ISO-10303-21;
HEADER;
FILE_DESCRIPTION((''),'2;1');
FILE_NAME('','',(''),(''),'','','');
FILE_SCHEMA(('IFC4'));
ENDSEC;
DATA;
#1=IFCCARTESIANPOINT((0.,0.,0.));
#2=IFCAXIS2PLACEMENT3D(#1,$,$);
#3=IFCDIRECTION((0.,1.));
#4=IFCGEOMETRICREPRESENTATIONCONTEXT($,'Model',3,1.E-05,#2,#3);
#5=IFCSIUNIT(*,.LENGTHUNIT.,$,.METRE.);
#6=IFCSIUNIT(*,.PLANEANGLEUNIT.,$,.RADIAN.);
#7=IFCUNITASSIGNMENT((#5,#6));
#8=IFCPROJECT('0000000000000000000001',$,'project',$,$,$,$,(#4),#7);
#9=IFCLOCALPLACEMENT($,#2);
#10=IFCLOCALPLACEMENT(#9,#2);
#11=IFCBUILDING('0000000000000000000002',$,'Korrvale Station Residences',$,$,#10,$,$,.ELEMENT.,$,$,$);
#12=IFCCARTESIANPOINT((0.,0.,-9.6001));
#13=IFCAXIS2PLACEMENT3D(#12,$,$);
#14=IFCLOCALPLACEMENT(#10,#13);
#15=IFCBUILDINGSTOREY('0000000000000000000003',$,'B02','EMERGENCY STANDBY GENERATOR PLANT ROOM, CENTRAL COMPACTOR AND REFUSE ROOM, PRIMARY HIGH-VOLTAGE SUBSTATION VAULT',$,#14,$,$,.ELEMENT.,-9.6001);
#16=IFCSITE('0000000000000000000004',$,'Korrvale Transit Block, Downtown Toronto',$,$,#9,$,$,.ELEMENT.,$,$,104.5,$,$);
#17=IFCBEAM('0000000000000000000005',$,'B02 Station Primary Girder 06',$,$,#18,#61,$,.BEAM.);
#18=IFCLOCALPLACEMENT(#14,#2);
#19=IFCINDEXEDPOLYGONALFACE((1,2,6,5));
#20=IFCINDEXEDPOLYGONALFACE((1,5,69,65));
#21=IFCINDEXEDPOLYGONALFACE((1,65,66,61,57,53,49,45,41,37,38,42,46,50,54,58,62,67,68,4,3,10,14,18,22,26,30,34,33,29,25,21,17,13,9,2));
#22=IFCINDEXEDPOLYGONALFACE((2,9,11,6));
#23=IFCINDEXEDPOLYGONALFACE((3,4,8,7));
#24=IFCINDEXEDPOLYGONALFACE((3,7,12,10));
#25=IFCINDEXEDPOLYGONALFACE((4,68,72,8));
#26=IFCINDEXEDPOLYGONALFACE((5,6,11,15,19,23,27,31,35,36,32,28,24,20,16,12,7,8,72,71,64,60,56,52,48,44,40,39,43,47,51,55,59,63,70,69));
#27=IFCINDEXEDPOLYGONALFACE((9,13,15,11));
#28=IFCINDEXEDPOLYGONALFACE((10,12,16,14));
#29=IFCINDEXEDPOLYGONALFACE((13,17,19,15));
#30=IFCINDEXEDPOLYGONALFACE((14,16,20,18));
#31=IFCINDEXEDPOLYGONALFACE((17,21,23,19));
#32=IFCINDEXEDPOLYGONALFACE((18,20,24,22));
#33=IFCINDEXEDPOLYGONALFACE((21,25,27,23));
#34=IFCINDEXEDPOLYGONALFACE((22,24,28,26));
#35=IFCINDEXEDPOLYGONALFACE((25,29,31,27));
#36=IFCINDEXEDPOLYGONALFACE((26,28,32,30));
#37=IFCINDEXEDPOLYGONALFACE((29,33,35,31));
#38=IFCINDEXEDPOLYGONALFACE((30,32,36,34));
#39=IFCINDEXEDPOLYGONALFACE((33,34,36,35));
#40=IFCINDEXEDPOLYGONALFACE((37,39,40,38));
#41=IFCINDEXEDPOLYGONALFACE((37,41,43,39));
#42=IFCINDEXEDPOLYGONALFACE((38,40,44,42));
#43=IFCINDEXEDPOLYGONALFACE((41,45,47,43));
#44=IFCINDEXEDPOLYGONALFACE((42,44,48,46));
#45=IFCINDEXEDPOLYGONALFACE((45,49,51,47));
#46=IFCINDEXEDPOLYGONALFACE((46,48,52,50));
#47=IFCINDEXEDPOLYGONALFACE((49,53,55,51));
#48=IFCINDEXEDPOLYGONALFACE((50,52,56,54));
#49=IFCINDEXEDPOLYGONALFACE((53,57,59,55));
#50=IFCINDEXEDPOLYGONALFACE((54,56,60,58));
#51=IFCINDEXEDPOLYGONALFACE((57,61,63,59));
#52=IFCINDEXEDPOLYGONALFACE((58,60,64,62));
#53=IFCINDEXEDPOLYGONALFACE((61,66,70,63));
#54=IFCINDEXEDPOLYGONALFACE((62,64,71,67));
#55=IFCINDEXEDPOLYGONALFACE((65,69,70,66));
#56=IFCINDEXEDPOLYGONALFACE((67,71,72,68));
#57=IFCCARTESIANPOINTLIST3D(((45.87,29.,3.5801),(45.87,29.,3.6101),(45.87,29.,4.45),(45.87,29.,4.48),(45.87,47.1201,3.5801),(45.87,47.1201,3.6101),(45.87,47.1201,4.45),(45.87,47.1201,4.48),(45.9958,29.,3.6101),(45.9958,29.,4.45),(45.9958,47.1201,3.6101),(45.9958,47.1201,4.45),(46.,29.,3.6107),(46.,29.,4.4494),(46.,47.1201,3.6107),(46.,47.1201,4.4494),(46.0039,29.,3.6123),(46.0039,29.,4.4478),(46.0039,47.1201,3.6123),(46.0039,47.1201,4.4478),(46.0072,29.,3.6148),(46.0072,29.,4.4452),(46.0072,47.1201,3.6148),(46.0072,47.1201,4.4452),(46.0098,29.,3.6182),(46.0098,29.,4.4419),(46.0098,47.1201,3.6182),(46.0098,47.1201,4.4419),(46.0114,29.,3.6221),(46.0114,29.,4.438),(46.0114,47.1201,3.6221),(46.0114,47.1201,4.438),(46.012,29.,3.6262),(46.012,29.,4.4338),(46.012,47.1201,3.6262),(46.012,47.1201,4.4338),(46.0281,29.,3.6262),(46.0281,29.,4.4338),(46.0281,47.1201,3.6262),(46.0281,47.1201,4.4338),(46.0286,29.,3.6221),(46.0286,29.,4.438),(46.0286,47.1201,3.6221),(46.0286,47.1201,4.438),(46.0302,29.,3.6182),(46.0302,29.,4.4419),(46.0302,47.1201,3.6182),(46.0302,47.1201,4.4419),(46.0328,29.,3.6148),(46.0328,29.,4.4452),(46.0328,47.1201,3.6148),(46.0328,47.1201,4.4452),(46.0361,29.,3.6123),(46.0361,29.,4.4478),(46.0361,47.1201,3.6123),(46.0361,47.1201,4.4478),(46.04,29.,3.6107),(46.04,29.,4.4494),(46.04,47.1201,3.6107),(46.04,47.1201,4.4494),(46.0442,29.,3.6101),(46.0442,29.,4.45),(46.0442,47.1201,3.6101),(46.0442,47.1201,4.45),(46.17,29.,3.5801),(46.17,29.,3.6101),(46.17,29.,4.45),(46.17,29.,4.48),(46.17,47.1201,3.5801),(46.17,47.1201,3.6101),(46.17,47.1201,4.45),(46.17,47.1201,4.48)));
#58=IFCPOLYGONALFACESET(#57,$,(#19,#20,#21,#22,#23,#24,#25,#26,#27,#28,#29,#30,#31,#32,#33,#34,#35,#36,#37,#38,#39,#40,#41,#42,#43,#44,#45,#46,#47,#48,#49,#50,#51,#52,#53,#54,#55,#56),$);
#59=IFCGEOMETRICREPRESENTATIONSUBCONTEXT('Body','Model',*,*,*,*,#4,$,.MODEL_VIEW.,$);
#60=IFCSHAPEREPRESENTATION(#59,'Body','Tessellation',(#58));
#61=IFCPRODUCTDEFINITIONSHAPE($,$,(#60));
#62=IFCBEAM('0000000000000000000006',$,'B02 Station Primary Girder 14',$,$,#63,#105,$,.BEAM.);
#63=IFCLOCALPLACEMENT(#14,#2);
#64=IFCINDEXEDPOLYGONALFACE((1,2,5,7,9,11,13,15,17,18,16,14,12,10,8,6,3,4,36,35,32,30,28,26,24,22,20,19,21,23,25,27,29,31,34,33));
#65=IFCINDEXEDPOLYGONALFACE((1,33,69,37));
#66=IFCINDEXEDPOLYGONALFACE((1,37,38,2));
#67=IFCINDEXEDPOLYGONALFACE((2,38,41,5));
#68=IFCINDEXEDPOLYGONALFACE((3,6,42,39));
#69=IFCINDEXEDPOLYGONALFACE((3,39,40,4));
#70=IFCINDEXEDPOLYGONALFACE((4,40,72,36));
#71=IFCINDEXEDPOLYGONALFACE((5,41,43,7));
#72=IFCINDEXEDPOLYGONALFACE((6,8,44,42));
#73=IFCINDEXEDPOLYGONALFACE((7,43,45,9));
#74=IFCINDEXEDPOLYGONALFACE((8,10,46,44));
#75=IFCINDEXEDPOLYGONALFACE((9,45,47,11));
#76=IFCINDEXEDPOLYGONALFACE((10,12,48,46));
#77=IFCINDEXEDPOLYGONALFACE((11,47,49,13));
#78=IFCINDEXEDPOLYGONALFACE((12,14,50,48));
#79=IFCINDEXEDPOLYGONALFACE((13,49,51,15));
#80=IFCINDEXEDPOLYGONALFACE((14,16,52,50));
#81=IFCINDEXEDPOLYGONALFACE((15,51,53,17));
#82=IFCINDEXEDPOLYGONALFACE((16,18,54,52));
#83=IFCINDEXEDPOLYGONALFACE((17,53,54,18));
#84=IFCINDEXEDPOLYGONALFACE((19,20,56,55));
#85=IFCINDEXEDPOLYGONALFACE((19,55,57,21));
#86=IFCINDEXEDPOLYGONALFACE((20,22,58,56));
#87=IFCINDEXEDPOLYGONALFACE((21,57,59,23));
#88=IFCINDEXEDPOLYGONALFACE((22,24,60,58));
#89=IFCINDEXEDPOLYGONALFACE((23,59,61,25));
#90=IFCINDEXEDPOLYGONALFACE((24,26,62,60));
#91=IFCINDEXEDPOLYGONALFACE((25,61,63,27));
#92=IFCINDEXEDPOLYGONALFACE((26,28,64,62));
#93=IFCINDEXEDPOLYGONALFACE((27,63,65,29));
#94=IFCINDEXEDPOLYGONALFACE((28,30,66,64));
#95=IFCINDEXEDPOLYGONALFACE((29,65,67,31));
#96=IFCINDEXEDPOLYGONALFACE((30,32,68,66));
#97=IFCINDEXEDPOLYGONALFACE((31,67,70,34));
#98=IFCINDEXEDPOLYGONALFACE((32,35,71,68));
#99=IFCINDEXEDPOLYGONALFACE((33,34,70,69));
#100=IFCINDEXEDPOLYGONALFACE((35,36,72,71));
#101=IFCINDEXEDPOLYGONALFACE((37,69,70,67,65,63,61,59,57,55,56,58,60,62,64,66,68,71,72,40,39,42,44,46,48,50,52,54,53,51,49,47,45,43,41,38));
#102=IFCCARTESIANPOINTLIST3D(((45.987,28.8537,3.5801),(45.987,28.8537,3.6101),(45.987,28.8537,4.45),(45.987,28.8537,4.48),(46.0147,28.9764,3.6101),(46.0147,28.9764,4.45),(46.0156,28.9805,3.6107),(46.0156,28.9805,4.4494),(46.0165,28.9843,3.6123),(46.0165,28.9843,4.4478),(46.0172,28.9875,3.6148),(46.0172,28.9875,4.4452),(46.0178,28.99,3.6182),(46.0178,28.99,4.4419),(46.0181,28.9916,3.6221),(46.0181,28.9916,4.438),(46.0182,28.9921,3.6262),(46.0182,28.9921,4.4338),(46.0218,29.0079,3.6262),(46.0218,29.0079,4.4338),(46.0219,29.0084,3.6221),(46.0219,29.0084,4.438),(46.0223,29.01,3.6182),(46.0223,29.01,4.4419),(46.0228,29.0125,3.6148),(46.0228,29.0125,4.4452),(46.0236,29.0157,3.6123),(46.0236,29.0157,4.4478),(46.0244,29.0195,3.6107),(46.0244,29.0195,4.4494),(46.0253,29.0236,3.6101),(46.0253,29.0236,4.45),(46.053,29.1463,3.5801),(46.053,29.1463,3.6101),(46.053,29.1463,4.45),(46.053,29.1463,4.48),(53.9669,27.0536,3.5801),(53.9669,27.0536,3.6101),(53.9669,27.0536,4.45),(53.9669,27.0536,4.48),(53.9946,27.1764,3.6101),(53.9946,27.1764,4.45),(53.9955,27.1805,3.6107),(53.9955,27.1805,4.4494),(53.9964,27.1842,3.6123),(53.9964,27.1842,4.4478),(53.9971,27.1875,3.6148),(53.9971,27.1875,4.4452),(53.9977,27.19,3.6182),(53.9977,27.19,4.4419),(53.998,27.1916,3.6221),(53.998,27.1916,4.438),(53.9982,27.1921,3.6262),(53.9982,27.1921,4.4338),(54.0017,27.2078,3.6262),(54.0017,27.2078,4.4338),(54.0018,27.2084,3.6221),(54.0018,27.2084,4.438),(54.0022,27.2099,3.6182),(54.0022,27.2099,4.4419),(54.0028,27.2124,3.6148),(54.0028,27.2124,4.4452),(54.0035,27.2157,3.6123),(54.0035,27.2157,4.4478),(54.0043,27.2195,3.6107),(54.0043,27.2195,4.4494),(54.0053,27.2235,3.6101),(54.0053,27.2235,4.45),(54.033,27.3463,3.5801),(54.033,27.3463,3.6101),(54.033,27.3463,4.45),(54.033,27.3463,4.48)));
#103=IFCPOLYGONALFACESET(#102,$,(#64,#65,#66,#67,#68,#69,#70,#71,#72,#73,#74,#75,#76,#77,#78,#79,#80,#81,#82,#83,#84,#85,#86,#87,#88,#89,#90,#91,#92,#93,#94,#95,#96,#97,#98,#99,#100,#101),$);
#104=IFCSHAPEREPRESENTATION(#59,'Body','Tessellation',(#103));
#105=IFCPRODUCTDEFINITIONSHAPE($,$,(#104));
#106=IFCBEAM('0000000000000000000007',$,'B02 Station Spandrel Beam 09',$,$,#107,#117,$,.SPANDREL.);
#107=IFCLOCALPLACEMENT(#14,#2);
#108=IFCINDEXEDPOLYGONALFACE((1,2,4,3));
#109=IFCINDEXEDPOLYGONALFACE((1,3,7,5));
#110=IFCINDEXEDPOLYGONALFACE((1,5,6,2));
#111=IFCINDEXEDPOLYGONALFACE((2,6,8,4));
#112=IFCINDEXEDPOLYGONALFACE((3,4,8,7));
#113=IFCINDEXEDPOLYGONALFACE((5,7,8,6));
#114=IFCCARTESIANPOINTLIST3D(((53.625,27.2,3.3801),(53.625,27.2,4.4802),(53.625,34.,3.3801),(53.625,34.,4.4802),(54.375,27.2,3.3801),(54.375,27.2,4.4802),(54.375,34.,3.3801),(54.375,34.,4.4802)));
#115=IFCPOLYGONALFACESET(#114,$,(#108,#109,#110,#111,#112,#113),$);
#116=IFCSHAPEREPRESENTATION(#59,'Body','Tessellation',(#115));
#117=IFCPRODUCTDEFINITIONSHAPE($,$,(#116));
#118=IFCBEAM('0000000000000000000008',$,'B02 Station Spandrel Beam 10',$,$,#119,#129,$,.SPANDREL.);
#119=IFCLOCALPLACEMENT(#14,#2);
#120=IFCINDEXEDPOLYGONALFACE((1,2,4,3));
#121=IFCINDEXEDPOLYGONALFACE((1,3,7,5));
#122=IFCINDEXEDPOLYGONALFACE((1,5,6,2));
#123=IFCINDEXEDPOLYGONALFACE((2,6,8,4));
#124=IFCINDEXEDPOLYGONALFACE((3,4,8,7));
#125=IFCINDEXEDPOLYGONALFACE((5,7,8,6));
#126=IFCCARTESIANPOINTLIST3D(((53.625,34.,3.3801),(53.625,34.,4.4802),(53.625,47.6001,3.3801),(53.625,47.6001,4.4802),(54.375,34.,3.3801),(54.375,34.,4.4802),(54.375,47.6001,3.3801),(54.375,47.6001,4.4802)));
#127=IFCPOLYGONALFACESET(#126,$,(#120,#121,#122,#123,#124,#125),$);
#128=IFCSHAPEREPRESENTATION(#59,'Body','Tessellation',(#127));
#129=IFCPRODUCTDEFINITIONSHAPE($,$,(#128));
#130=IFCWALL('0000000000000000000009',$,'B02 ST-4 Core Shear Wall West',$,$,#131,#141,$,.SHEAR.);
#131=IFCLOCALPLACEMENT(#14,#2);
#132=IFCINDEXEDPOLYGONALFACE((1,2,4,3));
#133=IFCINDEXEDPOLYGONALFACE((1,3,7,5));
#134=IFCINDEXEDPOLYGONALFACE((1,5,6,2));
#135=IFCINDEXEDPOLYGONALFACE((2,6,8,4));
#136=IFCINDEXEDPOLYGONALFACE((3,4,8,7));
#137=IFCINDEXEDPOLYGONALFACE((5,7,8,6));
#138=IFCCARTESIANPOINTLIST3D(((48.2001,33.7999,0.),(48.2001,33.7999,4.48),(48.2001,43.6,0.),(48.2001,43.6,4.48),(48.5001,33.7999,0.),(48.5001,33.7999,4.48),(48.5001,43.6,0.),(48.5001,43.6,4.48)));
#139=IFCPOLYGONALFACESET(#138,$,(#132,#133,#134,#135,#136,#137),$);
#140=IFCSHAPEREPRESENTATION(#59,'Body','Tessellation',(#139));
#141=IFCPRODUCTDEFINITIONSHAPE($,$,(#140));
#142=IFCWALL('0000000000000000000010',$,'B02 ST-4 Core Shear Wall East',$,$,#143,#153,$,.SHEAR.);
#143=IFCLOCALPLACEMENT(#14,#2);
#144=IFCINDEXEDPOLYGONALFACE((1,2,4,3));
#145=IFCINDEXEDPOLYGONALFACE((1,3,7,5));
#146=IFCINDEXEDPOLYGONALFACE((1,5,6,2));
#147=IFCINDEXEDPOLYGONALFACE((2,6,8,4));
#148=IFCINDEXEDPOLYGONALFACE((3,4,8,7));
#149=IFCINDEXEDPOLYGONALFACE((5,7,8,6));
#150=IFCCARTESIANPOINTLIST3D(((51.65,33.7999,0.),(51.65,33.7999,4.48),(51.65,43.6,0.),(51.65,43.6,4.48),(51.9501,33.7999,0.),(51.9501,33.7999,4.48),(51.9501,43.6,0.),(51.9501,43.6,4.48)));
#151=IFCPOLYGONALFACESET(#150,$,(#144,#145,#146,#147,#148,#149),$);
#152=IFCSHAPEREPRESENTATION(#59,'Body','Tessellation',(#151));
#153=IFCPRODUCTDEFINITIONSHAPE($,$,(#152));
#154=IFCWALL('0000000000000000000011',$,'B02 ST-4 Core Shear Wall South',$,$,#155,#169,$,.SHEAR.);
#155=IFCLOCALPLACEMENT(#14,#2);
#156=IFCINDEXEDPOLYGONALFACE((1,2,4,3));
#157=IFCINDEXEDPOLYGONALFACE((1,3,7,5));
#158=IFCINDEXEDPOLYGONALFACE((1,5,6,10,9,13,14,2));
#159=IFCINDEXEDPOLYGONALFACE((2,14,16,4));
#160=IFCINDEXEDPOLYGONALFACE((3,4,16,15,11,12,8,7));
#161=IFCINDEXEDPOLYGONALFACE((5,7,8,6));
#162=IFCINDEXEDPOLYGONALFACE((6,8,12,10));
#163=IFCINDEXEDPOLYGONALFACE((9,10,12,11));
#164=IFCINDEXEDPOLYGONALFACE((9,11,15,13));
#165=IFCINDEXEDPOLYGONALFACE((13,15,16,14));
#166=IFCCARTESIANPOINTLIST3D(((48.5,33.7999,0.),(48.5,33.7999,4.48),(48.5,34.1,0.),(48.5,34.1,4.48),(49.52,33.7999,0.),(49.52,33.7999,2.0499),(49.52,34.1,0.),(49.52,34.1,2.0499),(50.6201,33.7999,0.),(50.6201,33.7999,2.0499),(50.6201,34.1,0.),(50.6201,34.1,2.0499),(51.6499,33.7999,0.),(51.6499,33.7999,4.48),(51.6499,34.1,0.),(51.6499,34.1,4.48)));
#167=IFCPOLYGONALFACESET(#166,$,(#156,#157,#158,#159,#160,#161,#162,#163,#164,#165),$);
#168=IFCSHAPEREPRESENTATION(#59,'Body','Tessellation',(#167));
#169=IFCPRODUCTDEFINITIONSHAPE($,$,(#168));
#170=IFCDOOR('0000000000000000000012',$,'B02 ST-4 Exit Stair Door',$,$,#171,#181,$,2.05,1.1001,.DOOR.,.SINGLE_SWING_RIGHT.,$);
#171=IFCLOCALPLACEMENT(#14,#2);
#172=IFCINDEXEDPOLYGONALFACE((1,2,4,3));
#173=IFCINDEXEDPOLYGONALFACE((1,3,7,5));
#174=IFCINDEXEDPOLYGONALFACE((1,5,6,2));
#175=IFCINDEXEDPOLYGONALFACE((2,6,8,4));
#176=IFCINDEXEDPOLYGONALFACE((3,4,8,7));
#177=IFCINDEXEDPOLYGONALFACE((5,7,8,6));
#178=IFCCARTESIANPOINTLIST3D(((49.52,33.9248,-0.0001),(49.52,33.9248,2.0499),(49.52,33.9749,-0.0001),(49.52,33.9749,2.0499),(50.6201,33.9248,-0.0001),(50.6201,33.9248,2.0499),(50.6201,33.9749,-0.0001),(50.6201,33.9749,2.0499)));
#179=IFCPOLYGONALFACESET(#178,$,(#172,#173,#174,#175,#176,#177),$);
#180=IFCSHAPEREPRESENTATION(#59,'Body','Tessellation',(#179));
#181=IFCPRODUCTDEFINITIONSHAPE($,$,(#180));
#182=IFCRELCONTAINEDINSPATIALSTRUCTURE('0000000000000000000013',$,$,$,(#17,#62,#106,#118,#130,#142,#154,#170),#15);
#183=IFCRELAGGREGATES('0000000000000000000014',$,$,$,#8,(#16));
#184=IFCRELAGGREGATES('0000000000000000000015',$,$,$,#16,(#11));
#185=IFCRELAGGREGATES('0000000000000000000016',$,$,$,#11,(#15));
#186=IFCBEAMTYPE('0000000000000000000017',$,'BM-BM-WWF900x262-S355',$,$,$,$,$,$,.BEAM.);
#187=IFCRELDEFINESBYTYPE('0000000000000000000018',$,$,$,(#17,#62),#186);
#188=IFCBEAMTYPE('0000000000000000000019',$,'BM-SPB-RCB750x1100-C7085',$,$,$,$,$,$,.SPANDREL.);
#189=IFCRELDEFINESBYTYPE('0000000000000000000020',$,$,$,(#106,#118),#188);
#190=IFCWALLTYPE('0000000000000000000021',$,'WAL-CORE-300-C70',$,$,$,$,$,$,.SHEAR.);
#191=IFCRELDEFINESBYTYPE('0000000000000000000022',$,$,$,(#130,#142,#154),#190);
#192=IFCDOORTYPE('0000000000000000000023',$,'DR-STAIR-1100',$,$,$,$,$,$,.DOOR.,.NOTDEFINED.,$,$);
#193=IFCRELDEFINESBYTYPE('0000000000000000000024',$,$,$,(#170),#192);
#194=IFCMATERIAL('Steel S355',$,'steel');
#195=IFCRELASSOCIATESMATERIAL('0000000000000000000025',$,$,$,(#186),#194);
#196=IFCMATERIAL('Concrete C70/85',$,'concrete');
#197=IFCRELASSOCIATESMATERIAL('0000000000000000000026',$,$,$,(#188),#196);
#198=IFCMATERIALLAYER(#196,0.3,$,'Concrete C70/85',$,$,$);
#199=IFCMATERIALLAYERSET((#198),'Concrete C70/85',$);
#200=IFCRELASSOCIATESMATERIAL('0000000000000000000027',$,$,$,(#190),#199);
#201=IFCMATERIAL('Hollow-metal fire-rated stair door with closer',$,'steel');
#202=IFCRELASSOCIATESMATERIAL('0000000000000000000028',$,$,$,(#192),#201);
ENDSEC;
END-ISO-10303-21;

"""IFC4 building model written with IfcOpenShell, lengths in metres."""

from ifc_helpers import new_model, si_unit, direction, frame, frame_2d, origin, origin_2d, place, context, subcontext, project, spatial, rectangle, i_section, extrude, material, layer, layer_set, material_profile, profile_set, type_object, element, fill, save


model = new_model("IFC4")

# Units and contexts
model_context = context("Model", 3, precision=1e-05, world=origin(), true_north=direction((0.0, 1.0)))
body_context = subcontext(model_context, "Body", "Model", "MODEL_VIEW")
ifc_project = project(units=[si_unit("LENGTHUNIT", "METRE"), si_unit("PLANEANGLEUNIT", "RADIAN")], contexts=[model_context])

# Site, building, storey
site_placement = place(None, origin())
site = spatial("IfcSite", under=ifc_project, at=site_placement, Name="Korrvale Transit Block, Downtown Toronto", CompositionType="ELEMENT", RefElevation=104.5)
building_placement = place(site_placement, origin())
building = spatial("IfcBuilding", under=site, at=building_placement, Name="Korrvale Station Residences", CompositionType="ELEMENT")
storey_placement = place(building_placement, frame((0.0, 0.0, -9.6001)))
storey = spatial("IfcBuildingStorey", under=building, at=storey_placement, Name="B02", Description="EMERGENCY STANDBY GENERATOR PLANT ROOM, CENTRAL COMPACTOR AND REFUSE ROOM, PRIMARY HIGH-VOLTAGE SUBSTATION VAULT", CompositionType="ELEMENT", Elevation=-9.6001)

# Shared definitions
ifc_material_1 = material(Name="Concrete C70/85", Category="concrete")

# Beams
ifc_material_2 = material(Name="Steel S355", Category="steel")
ifc_material_profile_1 = material_profile(ifc_material_2, i_section(OverallWidth=0.3, OverallDepth=0.8999, WebThickness=0.0161, FlangeThickness=0.03, FilletRadius=0.0161, at=origin_2d()), Name="WWF900x262")
ifc_profile_set_1 = profile_set([ifc_material_profile_1], Name="Steel S355")
beam_type_1 = type_object("IfcBeamType", Name="BM-BM-WWF900x262-S355", PredefinedType="BEAM", material=ifc_profile_set_1)
beam_1_placement = place(storey_placement, frame((46.02, 29.0, 4.03), z_axis=(0.0, 1.0, 0.0), x_axis=(-1.0, 0.0, 0.0)))
element("IfcBeam", 1, at=beam_1_placement, inside=storey, type_object=beam_type_1, Name="B02 Station Primary Girder 06", PredefinedType="BEAM", context=body_context, shape_type="SweptSolid", body=[
    extrude(i_section(OverallWidth=0.3, OverallDepth=0.8999, WebThickness=0.0161, FlangeThickness=0.03, FilletRadius=0.0161, at=origin_2d()), origin(), (0.0, 0.0, 1.0), 18.1201),
])
beam_2_placement = place(storey_placement, frame((46.02, 29.0, 4.03), z_axis=(0.97549, -0.220042, 0.0), x_axis=(0.220042, 0.97549, 0.0)))
element("IfcBeam", 2, at=beam_2_placement, inside=storey, type_object=beam_type_1, Name="B02 Station Primary Girder 14", PredefinedType="BEAM", context=body_context, shape_type="SweptSolid", body=[
    extrude(i_section(OverallWidth=0.3, OverallDepth=0.8999, WebThickness=0.0161, FlangeThickness=0.03, FilletRadius=0.0161, at=origin_2d()), origin(), (0.0, 0.0, 1.0), 8.1804),
])
ifc_material_profile_2 = material_profile(ifc_material_1, rectangle(XDim=0.75, YDim=1.1001, at=origin_2d()), Name="RCB750x1100")
ifc_profile_set_2 = profile_set([ifc_material_profile_2], Name="Concrete C70/85")
beam_type_2 = type_object("IfcBeamType", Name="BM-SPB-RCB750x1100-C7085", PredefinedType="SPANDREL", material=ifc_profile_set_2)
beam_3_placement = place(storey_placement, frame((54.0, 27.2, 3.9302), z_axis=(0.0, 1.0, 0.0), x_axis=(-1.0, 0.0, 0.0)))
element("IfcBeam", 3, at=beam_3_placement, inside=storey, type_object=beam_type_2, Name="B02 Station Spandrel Beam 09", PredefinedType="SPANDREL", context=body_context, shape_type="SweptSolid", body=[
    extrude(rectangle(XDim=0.75, YDim=1.1001, at=origin_2d()), origin(), (0.0, 0.0, 1.0), 6.8),
])
beam_4_placement = place(storey_placement, frame((54.0, 34.0, 3.9302), z_axis=(0.0, 1.0, 0.0), x_axis=(-1.0, 0.0, 0.0)))
element("IfcBeam", 4, at=beam_4_placement, inside=storey, type_object=beam_type_2, Name="B02 Station Spandrel Beam 10", PredefinedType="SPANDREL", context=body_context, shape_type="SweptSolid", body=[
    extrude(rectangle(XDim=0.75, YDim=1.1001, at=origin_2d()), origin(), (0.0, 0.0, 1.0), 13.6001),
])

# Walls
ifc_layer = layer(ifc_material_1, 0.3, Name="Concrete C70/85")
ifc_layer_set = layer_set([ifc_layer], Name="Concrete C70/85")
wall_type = type_object("IfcWallType", Name="WAL-CORE-300-C70", PredefinedType="SHEAR", material=ifc_layer_set)
for number, where, z_axis, x_axis, name in (
    (5, (48.3501, 33.8, 0.0), (0.0, 0.0, 1.0), (0.0, 1.0, 0.0), "B02 ST-4 Core Shear Wall West"),
    (6, (51.8, 33.8, 0.0), (0.0, 0.0, 1.0), (0.0, 1.0, 0.0), "B02 ST-4 Core Shear Wall East"),
):
    element("IfcWall", number, at=place(storey_placement, frame(where, z_axis=z_axis, x_axis=x_axis)), inside=storey, type_object=wall_type, Name=name, PredefinedType="SHEAR", context=body_context, shape_type="SweptSolid", body=[
        extrude(rectangle(XDim=9.8, YDim=0.3, at=frame_2d((4.8999, 0.0))), origin(), (0.0, 0.0, 1.0), 4.48),
    ])

# Wall, opening, door
wall_placement = place(storey_placement, frame((48.5, 33.95, 0.0), z_axis=(0.0, 0.0, 1.0), x_axis=(1.0, 0.0, 0.0)))
wall = element("IfcWall", 7, at=wall_placement, inside=storey, type_object=wall_type, Name="B02 ST-4 Core Shear Wall South", PredefinedType="SHEAR", context=body_context, shape_type="SweptSolid", body=[
    extrude(rectangle(XDim=3.1499, YDim=0.3, at=frame_2d((1.575, 0.0))), origin(), (0.0, 0.0, 1.0), 4.48),
])
opening_placement = place(wall_placement, frame((1.02, 0.0, 0.0)))
opening = element("IfcOpeningElement", 8, at=opening_placement, cuts=wall, PredefinedType="OPENING", context=body_context, shape_type="SweptSolid", body=[
    extrude(rectangle(XDim=1.1001, YDim=2.05, at=frame_2d((0.55, 1.0249))), frame((0.0, 0.1602, 0.0), z_axis=(0.0, -1.0, 0.0), x_axis=(1.0, 0.0, 0.0)), (0.0, 0.0, 1.0), 0.3201),
])
ifc_material_3 = material(Name="Hollow-metal fire-rated stair door with closer", Category="steel")
door_type = type_object("IfcDoorType", Name="DR-STAIR-1100", OperationType="NOTDEFINED", PredefinedType="DOOR", material=ifc_material_3)
door_placement = place(opening_placement, origin())
door = element("IfcDoor", 9, at=door_placement, inside=storey, type_object=door_type, Name="B02 ST-4 Exit Stair Door", OperationType="SINGLE_SWING_RIGHT", OverallHeight=2.05, OverallWidth=1.1001, PredefinedType="DOOR", context=body_context, shape_type="SweptSolid", body=[
    extrude(rectangle(XDim=1.1001, YDim=2.05, at=frame_2d((0.55, 1.0249))), frame((0.0, 0.0249, 0.0), z_axis=(0.0, -1.0, 0.0), x_axis=(1.0, 0.0, 0.0)), (0.0, 0.0, 1.0), 0.05),
])
fill(opening, door)

save(model, "model.ifc")
